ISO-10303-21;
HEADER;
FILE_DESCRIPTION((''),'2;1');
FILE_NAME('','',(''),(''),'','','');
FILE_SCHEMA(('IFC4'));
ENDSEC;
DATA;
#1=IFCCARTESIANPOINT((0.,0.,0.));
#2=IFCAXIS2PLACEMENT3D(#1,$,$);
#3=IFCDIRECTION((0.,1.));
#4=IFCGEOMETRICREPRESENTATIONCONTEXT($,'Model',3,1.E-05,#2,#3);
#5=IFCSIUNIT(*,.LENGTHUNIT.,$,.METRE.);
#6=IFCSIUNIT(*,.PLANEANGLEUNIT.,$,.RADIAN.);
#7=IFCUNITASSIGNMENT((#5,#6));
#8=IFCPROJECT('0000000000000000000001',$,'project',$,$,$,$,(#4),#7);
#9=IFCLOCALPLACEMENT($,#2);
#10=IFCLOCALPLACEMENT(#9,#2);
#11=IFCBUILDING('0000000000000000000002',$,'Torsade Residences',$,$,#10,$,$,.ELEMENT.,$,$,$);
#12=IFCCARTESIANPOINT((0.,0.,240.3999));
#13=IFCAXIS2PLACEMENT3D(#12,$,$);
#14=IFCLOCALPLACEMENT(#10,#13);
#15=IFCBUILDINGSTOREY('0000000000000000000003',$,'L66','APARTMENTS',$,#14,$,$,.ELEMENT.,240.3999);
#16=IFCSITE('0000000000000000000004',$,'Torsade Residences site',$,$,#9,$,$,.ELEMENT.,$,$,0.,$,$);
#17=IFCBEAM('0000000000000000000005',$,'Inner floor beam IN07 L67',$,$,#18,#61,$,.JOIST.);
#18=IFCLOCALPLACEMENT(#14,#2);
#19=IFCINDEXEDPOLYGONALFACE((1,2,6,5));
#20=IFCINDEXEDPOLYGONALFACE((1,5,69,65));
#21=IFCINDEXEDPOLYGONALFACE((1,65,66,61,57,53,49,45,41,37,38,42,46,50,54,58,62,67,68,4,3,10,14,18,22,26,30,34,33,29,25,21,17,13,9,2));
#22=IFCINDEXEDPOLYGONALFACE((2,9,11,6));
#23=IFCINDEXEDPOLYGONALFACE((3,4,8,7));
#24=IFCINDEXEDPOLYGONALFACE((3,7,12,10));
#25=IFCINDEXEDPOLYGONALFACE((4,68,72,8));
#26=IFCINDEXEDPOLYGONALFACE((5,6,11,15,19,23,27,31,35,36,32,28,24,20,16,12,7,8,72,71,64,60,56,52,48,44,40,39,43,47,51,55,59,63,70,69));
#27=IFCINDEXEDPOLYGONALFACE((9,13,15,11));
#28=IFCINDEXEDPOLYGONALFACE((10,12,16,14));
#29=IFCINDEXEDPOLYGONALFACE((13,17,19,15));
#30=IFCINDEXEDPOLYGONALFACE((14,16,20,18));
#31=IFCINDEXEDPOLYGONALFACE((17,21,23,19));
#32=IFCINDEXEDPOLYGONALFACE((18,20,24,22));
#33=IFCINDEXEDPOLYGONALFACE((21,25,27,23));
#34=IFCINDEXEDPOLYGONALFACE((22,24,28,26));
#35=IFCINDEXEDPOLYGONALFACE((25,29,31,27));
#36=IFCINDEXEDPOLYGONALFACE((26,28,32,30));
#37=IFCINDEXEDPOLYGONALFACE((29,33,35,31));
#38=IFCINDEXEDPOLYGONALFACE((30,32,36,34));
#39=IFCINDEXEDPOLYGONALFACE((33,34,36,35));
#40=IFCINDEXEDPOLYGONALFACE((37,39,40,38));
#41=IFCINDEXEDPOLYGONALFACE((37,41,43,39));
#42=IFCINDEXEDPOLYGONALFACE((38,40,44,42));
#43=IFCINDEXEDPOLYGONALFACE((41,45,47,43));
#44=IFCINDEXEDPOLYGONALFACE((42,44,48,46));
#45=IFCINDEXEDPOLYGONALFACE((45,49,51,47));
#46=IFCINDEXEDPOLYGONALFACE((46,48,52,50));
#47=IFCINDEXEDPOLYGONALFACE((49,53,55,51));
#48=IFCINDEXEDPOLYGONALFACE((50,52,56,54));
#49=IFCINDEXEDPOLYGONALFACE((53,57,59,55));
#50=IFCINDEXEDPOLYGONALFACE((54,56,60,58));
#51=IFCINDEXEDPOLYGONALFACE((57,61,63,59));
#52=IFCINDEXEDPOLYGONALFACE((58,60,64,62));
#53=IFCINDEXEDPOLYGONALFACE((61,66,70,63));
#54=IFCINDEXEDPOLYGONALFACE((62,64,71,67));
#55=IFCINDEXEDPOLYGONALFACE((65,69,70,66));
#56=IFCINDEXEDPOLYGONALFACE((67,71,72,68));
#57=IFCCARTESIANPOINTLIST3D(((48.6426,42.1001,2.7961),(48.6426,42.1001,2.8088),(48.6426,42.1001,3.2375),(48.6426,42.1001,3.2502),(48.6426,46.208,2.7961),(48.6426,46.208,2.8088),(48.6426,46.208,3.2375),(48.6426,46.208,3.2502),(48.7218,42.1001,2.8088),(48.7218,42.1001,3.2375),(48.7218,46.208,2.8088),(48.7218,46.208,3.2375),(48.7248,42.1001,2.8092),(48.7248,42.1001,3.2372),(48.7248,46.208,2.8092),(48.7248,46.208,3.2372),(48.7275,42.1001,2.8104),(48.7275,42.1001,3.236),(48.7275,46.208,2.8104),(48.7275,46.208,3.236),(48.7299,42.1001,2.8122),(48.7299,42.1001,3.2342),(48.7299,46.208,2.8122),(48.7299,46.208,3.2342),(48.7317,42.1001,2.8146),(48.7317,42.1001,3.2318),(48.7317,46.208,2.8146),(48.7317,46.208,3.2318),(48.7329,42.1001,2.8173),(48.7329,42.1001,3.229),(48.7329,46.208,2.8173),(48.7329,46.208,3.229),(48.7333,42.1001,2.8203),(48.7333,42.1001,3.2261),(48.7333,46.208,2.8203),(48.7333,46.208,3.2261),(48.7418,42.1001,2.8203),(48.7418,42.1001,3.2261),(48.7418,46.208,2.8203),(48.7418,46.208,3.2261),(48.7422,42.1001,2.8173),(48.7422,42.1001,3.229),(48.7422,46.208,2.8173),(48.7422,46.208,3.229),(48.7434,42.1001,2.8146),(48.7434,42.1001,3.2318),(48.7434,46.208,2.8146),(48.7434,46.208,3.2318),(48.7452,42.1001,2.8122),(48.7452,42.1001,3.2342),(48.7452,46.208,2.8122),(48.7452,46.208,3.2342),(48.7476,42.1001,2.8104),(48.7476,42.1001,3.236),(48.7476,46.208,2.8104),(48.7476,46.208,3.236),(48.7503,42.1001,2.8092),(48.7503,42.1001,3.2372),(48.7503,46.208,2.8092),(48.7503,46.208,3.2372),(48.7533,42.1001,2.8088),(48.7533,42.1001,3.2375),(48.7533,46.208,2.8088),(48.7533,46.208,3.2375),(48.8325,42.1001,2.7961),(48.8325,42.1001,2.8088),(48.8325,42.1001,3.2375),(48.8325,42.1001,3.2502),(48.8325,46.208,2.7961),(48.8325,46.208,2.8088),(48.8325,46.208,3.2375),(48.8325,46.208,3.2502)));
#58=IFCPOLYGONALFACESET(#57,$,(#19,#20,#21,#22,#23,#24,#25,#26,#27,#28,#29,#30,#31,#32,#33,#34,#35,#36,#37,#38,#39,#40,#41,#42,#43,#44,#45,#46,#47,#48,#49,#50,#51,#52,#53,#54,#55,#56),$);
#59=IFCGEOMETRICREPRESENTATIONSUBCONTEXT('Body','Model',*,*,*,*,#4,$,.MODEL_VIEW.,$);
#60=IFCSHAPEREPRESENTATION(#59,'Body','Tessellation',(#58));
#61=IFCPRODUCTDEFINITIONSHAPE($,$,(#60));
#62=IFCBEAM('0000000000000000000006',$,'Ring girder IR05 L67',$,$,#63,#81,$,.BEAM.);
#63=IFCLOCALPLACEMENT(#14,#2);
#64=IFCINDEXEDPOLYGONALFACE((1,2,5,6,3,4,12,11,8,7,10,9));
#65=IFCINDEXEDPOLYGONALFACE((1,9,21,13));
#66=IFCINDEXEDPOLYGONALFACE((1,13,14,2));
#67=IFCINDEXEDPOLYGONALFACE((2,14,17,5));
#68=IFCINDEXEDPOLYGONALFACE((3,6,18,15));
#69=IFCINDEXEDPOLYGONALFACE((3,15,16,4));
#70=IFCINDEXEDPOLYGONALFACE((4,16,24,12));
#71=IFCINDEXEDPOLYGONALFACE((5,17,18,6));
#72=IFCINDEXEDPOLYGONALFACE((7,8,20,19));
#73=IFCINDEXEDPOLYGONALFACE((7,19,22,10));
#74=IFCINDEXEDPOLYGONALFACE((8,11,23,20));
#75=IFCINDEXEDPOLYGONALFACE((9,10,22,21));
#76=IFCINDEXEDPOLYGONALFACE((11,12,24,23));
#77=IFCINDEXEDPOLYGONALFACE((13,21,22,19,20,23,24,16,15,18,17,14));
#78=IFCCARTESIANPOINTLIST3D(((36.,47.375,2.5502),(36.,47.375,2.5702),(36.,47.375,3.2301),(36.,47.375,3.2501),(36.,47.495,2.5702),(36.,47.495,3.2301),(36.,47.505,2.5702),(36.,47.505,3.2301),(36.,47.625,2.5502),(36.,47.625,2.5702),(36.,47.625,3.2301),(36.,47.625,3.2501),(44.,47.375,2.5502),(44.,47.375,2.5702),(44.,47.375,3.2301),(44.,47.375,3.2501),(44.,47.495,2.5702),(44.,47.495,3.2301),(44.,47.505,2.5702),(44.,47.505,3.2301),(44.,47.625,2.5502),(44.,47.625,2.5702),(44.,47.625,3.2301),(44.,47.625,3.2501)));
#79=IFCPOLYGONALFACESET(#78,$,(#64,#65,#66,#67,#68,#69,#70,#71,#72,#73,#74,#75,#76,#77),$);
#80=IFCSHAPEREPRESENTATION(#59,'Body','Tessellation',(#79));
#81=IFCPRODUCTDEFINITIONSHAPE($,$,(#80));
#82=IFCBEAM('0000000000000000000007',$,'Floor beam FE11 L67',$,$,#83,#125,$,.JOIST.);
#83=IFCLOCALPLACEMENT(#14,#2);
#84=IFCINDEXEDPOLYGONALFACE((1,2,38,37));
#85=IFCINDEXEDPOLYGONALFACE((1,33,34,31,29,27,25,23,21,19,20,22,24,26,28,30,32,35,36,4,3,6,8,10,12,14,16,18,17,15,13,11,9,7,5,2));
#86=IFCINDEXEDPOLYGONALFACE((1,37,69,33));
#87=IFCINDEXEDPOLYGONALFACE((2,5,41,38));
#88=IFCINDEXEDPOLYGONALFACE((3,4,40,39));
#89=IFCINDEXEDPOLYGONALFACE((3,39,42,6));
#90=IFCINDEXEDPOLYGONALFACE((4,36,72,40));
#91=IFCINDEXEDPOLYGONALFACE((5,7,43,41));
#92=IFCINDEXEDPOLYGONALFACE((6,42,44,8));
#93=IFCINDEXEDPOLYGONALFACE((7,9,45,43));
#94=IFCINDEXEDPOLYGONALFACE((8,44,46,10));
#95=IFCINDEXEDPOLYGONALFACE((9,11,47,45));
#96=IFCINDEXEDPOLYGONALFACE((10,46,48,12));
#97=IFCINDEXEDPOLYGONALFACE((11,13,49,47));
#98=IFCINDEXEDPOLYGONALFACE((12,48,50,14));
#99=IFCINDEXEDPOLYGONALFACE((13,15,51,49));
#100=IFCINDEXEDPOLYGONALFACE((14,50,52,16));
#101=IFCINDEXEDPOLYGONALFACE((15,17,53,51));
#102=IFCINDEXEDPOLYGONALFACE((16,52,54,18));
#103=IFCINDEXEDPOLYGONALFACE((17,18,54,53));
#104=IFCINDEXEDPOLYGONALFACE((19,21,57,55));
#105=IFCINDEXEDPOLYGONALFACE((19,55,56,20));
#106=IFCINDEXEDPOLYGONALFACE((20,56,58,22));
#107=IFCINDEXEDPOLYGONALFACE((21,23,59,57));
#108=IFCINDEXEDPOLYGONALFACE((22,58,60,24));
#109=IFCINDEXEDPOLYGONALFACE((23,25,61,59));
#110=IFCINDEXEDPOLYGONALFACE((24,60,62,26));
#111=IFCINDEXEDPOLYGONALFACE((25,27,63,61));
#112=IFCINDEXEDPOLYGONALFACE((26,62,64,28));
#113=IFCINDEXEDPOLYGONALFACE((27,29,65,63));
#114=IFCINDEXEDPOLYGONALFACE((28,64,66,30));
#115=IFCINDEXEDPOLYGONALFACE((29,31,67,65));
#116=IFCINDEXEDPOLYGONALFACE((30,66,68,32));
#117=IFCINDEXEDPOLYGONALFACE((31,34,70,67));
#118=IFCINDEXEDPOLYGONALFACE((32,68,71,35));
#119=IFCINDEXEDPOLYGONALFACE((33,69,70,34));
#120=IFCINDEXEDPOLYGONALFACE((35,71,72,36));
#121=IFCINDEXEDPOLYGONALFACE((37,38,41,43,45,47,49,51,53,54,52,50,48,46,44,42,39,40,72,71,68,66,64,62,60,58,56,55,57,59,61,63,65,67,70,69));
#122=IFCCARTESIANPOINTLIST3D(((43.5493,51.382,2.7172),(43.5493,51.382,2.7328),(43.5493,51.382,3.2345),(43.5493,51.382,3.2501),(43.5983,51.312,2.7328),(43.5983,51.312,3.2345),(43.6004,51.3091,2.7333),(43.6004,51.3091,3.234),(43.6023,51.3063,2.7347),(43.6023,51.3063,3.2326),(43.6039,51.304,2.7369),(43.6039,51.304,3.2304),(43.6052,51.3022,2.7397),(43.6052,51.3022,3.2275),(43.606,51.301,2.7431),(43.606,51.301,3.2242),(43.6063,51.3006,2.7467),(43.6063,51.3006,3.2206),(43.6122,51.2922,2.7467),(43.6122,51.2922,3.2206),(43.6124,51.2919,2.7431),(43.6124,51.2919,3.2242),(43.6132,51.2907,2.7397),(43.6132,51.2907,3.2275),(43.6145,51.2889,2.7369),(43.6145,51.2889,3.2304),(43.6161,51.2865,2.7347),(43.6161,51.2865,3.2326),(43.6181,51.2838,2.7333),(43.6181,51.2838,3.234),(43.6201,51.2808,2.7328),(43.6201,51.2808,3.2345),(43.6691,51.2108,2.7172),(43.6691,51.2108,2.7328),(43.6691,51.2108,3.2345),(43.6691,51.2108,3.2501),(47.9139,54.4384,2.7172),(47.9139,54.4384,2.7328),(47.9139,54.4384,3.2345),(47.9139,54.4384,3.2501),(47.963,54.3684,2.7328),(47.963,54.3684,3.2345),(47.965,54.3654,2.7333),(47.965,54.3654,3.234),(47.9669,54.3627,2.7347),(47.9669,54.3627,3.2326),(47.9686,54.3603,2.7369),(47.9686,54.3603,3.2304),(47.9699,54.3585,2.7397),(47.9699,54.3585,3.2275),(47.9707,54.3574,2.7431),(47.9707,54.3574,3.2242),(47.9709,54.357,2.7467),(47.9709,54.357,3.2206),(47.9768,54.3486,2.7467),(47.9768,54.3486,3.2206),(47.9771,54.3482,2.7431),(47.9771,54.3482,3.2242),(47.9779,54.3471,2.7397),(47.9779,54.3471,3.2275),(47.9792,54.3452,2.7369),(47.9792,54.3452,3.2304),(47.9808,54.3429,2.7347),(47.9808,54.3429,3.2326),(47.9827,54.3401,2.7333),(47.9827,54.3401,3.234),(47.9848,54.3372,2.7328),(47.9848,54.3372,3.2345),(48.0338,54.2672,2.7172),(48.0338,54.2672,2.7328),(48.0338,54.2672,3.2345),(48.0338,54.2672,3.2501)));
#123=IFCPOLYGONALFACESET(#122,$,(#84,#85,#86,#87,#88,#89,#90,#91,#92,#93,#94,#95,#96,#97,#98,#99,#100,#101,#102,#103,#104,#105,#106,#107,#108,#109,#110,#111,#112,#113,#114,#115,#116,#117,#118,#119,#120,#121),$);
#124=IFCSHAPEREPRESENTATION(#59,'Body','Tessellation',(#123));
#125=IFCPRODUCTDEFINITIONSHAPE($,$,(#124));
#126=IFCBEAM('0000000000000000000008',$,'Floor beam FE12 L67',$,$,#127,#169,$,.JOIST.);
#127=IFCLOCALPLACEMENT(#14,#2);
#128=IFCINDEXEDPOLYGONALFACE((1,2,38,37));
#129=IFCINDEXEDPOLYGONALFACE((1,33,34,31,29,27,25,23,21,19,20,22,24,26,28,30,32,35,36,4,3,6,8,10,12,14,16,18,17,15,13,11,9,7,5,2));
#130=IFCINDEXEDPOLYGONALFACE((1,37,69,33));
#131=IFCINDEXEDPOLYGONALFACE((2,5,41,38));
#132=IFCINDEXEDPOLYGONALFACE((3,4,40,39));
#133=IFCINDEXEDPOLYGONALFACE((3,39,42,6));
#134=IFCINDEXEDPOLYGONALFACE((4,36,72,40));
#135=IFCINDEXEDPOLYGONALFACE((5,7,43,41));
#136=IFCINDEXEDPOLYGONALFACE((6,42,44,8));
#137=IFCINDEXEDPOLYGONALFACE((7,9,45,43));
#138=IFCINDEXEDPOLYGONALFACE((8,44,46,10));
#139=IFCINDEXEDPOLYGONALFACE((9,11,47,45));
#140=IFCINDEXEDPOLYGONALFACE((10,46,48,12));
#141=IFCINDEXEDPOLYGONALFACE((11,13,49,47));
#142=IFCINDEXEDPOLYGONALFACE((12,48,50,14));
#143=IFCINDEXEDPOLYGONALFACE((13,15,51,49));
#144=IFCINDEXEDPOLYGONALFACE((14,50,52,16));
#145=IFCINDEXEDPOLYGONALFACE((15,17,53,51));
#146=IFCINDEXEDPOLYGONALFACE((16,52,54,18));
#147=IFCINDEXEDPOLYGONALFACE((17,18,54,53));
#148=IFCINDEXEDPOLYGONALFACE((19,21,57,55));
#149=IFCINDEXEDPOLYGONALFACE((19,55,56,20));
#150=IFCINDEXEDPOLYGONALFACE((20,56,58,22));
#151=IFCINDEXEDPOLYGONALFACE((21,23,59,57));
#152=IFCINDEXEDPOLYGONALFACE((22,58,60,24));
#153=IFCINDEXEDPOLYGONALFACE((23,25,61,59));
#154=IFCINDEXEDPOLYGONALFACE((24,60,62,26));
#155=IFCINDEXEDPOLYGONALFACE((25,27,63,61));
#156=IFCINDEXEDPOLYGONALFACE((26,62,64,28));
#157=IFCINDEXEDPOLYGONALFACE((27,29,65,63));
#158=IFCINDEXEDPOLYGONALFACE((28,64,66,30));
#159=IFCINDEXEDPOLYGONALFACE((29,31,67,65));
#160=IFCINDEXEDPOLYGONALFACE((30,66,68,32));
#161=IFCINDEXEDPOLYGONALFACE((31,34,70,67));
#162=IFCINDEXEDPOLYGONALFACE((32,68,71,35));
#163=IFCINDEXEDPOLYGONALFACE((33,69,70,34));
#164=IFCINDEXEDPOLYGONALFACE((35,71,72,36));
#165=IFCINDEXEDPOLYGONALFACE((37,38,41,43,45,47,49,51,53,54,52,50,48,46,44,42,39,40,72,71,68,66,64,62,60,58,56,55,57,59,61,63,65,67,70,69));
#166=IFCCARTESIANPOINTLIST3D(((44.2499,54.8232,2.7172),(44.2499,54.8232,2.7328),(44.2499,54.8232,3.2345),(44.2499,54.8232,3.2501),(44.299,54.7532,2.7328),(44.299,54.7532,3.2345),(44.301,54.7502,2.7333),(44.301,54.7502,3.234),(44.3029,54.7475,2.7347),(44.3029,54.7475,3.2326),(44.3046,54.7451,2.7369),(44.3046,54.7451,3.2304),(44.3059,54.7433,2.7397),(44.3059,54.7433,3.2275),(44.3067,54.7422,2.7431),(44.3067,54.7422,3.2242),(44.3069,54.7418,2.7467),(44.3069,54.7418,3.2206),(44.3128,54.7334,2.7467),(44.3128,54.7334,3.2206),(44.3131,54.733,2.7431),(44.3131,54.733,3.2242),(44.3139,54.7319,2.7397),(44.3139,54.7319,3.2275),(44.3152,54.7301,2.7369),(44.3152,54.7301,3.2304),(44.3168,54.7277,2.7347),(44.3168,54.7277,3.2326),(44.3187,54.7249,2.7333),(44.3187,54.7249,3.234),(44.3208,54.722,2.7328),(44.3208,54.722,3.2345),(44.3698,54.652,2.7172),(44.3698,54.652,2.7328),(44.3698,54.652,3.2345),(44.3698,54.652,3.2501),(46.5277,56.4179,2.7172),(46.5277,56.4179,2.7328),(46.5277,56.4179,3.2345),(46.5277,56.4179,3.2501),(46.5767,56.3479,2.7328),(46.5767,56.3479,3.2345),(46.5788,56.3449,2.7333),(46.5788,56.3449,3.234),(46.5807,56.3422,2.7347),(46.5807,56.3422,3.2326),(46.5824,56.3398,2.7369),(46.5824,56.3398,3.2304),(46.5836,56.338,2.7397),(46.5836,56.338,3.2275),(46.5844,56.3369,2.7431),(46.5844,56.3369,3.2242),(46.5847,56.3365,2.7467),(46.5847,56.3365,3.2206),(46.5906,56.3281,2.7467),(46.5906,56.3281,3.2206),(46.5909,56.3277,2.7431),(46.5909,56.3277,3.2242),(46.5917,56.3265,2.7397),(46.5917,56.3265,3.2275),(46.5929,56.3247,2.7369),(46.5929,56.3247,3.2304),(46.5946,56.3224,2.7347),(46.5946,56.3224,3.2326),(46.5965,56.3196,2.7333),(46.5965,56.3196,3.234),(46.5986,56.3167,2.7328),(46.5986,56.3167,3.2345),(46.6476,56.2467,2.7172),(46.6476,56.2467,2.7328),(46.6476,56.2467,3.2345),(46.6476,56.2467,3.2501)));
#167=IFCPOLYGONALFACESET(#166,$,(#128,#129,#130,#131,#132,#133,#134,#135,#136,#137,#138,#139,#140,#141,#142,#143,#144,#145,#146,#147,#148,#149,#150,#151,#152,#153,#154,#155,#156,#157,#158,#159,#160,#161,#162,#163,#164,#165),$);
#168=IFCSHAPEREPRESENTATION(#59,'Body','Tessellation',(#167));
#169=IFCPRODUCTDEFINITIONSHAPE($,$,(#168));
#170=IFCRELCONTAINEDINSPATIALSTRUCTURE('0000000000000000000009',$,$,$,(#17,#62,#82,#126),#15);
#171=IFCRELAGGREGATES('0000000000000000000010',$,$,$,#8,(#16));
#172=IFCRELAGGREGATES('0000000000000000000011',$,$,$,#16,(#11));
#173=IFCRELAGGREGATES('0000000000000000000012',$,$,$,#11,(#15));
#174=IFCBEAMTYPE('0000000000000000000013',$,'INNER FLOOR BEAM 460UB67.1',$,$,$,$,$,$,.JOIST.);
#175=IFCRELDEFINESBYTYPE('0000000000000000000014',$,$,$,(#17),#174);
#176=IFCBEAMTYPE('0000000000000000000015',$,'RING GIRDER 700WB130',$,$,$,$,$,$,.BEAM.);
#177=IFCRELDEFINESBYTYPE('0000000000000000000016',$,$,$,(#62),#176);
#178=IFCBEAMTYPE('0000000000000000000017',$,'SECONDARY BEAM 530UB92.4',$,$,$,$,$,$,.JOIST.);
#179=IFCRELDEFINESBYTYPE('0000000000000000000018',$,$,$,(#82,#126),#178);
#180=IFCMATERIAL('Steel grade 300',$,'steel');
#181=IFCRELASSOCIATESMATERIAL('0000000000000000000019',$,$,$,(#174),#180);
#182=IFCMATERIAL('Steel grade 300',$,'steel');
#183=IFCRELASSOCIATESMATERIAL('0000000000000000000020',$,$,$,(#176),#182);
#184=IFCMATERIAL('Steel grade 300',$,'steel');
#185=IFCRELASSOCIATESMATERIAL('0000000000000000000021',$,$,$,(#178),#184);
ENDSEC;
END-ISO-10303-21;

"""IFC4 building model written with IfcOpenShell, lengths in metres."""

from ifc_helpers import new_model, si_unit, direction, frame, origin, origin_2d, place, context, subcontext, project, spatial, i_section, extrude, material, material_profile, profile_set, type_object, element, save


model = new_model("IFC4")

# Units and contexts
model_context = context("Model", 3, precision=1e-05, world=origin(), true_north=direction((0.0, 1.0)))
body_context = subcontext(model_context, "Body", "Model", "MODEL_VIEW")
ifc_project = project(units=[si_unit("LENGTHUNIT", "METRE"), si_unit("PLANEANGLEUNIT", "RADIAN")], contexts=[model_context])

# Site, building, storey
site_placement = place(None, origin())
site = spatial("IfcSite", under=ifc_project, at=site_placement, Name="Torsade Residences site", CompositionType="ELEMENT", RefElevation=0.0)
building_placement = place(site_placement, origin())
building = spatial("IfcBuilding", under=site, at=building_placement, Name="Torsade Residences", CompositionType="ELEMENT")
storey_placement = place(building_placement, frame((0.0, 0.0, 240.3999)))
storey = spatial("IfcBuildingStorey", under=building, at=storey_placement, Name="L66", Description="APARTMENTS", CompositionType="ELEMENT", Elevation=240.3999)

# Beams
ifc_material_1 = material(Name="Steel grade 300", Category="steel")
ifc_material_profile_1 = material_profile(ifc_material_1, i_section(OverallWidth=0.1899, OverallDepth=0.4541, WebThickness=0.0085, FlangeThickness=0.0127, FilletRadius=0.0115, at=origin_2d()), Name="460UB67.1")
ifc_profile_set_1 = profile_set([ifc_material_profile_1], Name="Steel grade 300")
beam_type_1 = type_object("IfcBeamType", Name="INNER FLOOR BEAM 460UB67.1", PredefinedType="JOIST", material=ifc_profile_set_1)
beam_1_placement = place(storey_placement, frame((48.7375, 42.1001, 3.0232), z_axis=(0.0, 1.0, 0.0), x_axis=(-1.0, 0.0, 0.0)))
element("IfcBeam", 1, at=beam_1_placement, inside=storey, type_object=beam_type_1, Name="Inner floor beam IN07 L67", PredefinedType="JOIST", context=body_context, shape_type="SweptSolid", body=[
    extrude(i_section(OverallWidth=0.1899, OverallDepth=0.4541, WebThickness=0.0085, FlangeThickness=0.0127, FilletRadius=0.0115, at=origin_2d()), origin(), (0.0, 0.0, 1.0), 4.1079),
])
ifc_material_2 = material(Name="Steel grade 300", Category="steel")
ifc_material_profile_2 = material_profile(ifc_material_2, i_section(OverallWidth=0.25, OverallDepth=0.7, WebThickness=0.01, FlangeThickness=0.02, at=origin_2d()), Name="700WB130")
ifc_profile_set_2 = profile_set([ifc_material_profile_2], Name="Steel grade 300")
beam_type_2 = type_object("IfcBeamType", Name="RING GIRDER 700WB130", PredefinedType="BEAM", material=ifc_profile_set_2)
beam_2_placement = place(storey_placement, frame((44.0, 47.5, 2.9001), z_axis=(-1.0, 0.0, 0.0), x_axis=(0.0, -1.0, 0.0)))
element("IfcBeam", 2, at=beam_2_placement, inside=storey, type_object=beam_type_2, Name="Ring girder IR05 L67", PredefinedType="BEAM", context=body_context, shape_type="SweptSolid", body=[
    extrude(i_section(OverallWidth=0.25, OverallDepth=0.7, WebThickness=0.01, FlangeThickness=0.02, at=origin_2d()), origin(), (0.0, 0.0, 1.0), 8.0),
])
ifc_material_3 = material(Name="Steel grade 300", Category="steel")
ifc_material_profile_3 = material_profile(ifc_material_3, i_section(OverallWidth=0.209, OverallDepth=0.533, WebThickness=0.0103, FlangeThickness=0.0156, FilletRadius=0.0139, at=origin_2d()), Name="530UB92.4")
ifc_profile_set_3 = profile_set([ifc_material_profile_3], Name="Steel grade 300")
beam_type_3 = type_object("IfcBeamType", Name="SECONDARY BEAM 530UB92.4", PredefinedType="JOIST", material=ifc_profile_set_3)
beam_3_placement = place(storey_placement, frame((47.9739, 54.3528, 2.9836), z_axis=(-0.819137, -0.573598, 0.0), x_axis=(0.573598, -0.819137, 0.0)))
element("IfcBeam", 3, at=beam_3_placement, inside=storey, type_object=beam_type_3, Name="Floor beam FE11 L67", PredefinedType="JOIST", context=body_context, shape_type="SweptSolid", body=[
    extrude(i_section(OverallWidth=0.209, OverallDepth=0.533, WebThickness=0.0103, FlangeThickness=0.0156, FilletRadius=0.0139, at=origin_2d()), origin(), (0.0, 0.0, 1.0), 5.3284),
])
beam_4_placement = place(storey_placement, frame((46.5876, 56.3323, 2.9836), z_axis=(-0.819191, -0.573521, 0.0), x_axis=(0.573521, -0.819191, 0.0)))
element("IfcBeam", 4, at=beam_4_placement, inside=storey, type_object=beam_type_3, Name="Floor beam FE12 L67", PredefinedType="JOIST", context=body_context, shape_type="SweptSolid", body=[
    extrude(i_section(OverallWidth=0.209, OverallDepth=0.533, WebThickness=0.0103, FlangeThickness=0.0156, FilletRadius=0.0139, at=origin_2d()), origin(), (0.0, 0.0, 1.0), 2.7805),
])

save(model, "model.ifc")
